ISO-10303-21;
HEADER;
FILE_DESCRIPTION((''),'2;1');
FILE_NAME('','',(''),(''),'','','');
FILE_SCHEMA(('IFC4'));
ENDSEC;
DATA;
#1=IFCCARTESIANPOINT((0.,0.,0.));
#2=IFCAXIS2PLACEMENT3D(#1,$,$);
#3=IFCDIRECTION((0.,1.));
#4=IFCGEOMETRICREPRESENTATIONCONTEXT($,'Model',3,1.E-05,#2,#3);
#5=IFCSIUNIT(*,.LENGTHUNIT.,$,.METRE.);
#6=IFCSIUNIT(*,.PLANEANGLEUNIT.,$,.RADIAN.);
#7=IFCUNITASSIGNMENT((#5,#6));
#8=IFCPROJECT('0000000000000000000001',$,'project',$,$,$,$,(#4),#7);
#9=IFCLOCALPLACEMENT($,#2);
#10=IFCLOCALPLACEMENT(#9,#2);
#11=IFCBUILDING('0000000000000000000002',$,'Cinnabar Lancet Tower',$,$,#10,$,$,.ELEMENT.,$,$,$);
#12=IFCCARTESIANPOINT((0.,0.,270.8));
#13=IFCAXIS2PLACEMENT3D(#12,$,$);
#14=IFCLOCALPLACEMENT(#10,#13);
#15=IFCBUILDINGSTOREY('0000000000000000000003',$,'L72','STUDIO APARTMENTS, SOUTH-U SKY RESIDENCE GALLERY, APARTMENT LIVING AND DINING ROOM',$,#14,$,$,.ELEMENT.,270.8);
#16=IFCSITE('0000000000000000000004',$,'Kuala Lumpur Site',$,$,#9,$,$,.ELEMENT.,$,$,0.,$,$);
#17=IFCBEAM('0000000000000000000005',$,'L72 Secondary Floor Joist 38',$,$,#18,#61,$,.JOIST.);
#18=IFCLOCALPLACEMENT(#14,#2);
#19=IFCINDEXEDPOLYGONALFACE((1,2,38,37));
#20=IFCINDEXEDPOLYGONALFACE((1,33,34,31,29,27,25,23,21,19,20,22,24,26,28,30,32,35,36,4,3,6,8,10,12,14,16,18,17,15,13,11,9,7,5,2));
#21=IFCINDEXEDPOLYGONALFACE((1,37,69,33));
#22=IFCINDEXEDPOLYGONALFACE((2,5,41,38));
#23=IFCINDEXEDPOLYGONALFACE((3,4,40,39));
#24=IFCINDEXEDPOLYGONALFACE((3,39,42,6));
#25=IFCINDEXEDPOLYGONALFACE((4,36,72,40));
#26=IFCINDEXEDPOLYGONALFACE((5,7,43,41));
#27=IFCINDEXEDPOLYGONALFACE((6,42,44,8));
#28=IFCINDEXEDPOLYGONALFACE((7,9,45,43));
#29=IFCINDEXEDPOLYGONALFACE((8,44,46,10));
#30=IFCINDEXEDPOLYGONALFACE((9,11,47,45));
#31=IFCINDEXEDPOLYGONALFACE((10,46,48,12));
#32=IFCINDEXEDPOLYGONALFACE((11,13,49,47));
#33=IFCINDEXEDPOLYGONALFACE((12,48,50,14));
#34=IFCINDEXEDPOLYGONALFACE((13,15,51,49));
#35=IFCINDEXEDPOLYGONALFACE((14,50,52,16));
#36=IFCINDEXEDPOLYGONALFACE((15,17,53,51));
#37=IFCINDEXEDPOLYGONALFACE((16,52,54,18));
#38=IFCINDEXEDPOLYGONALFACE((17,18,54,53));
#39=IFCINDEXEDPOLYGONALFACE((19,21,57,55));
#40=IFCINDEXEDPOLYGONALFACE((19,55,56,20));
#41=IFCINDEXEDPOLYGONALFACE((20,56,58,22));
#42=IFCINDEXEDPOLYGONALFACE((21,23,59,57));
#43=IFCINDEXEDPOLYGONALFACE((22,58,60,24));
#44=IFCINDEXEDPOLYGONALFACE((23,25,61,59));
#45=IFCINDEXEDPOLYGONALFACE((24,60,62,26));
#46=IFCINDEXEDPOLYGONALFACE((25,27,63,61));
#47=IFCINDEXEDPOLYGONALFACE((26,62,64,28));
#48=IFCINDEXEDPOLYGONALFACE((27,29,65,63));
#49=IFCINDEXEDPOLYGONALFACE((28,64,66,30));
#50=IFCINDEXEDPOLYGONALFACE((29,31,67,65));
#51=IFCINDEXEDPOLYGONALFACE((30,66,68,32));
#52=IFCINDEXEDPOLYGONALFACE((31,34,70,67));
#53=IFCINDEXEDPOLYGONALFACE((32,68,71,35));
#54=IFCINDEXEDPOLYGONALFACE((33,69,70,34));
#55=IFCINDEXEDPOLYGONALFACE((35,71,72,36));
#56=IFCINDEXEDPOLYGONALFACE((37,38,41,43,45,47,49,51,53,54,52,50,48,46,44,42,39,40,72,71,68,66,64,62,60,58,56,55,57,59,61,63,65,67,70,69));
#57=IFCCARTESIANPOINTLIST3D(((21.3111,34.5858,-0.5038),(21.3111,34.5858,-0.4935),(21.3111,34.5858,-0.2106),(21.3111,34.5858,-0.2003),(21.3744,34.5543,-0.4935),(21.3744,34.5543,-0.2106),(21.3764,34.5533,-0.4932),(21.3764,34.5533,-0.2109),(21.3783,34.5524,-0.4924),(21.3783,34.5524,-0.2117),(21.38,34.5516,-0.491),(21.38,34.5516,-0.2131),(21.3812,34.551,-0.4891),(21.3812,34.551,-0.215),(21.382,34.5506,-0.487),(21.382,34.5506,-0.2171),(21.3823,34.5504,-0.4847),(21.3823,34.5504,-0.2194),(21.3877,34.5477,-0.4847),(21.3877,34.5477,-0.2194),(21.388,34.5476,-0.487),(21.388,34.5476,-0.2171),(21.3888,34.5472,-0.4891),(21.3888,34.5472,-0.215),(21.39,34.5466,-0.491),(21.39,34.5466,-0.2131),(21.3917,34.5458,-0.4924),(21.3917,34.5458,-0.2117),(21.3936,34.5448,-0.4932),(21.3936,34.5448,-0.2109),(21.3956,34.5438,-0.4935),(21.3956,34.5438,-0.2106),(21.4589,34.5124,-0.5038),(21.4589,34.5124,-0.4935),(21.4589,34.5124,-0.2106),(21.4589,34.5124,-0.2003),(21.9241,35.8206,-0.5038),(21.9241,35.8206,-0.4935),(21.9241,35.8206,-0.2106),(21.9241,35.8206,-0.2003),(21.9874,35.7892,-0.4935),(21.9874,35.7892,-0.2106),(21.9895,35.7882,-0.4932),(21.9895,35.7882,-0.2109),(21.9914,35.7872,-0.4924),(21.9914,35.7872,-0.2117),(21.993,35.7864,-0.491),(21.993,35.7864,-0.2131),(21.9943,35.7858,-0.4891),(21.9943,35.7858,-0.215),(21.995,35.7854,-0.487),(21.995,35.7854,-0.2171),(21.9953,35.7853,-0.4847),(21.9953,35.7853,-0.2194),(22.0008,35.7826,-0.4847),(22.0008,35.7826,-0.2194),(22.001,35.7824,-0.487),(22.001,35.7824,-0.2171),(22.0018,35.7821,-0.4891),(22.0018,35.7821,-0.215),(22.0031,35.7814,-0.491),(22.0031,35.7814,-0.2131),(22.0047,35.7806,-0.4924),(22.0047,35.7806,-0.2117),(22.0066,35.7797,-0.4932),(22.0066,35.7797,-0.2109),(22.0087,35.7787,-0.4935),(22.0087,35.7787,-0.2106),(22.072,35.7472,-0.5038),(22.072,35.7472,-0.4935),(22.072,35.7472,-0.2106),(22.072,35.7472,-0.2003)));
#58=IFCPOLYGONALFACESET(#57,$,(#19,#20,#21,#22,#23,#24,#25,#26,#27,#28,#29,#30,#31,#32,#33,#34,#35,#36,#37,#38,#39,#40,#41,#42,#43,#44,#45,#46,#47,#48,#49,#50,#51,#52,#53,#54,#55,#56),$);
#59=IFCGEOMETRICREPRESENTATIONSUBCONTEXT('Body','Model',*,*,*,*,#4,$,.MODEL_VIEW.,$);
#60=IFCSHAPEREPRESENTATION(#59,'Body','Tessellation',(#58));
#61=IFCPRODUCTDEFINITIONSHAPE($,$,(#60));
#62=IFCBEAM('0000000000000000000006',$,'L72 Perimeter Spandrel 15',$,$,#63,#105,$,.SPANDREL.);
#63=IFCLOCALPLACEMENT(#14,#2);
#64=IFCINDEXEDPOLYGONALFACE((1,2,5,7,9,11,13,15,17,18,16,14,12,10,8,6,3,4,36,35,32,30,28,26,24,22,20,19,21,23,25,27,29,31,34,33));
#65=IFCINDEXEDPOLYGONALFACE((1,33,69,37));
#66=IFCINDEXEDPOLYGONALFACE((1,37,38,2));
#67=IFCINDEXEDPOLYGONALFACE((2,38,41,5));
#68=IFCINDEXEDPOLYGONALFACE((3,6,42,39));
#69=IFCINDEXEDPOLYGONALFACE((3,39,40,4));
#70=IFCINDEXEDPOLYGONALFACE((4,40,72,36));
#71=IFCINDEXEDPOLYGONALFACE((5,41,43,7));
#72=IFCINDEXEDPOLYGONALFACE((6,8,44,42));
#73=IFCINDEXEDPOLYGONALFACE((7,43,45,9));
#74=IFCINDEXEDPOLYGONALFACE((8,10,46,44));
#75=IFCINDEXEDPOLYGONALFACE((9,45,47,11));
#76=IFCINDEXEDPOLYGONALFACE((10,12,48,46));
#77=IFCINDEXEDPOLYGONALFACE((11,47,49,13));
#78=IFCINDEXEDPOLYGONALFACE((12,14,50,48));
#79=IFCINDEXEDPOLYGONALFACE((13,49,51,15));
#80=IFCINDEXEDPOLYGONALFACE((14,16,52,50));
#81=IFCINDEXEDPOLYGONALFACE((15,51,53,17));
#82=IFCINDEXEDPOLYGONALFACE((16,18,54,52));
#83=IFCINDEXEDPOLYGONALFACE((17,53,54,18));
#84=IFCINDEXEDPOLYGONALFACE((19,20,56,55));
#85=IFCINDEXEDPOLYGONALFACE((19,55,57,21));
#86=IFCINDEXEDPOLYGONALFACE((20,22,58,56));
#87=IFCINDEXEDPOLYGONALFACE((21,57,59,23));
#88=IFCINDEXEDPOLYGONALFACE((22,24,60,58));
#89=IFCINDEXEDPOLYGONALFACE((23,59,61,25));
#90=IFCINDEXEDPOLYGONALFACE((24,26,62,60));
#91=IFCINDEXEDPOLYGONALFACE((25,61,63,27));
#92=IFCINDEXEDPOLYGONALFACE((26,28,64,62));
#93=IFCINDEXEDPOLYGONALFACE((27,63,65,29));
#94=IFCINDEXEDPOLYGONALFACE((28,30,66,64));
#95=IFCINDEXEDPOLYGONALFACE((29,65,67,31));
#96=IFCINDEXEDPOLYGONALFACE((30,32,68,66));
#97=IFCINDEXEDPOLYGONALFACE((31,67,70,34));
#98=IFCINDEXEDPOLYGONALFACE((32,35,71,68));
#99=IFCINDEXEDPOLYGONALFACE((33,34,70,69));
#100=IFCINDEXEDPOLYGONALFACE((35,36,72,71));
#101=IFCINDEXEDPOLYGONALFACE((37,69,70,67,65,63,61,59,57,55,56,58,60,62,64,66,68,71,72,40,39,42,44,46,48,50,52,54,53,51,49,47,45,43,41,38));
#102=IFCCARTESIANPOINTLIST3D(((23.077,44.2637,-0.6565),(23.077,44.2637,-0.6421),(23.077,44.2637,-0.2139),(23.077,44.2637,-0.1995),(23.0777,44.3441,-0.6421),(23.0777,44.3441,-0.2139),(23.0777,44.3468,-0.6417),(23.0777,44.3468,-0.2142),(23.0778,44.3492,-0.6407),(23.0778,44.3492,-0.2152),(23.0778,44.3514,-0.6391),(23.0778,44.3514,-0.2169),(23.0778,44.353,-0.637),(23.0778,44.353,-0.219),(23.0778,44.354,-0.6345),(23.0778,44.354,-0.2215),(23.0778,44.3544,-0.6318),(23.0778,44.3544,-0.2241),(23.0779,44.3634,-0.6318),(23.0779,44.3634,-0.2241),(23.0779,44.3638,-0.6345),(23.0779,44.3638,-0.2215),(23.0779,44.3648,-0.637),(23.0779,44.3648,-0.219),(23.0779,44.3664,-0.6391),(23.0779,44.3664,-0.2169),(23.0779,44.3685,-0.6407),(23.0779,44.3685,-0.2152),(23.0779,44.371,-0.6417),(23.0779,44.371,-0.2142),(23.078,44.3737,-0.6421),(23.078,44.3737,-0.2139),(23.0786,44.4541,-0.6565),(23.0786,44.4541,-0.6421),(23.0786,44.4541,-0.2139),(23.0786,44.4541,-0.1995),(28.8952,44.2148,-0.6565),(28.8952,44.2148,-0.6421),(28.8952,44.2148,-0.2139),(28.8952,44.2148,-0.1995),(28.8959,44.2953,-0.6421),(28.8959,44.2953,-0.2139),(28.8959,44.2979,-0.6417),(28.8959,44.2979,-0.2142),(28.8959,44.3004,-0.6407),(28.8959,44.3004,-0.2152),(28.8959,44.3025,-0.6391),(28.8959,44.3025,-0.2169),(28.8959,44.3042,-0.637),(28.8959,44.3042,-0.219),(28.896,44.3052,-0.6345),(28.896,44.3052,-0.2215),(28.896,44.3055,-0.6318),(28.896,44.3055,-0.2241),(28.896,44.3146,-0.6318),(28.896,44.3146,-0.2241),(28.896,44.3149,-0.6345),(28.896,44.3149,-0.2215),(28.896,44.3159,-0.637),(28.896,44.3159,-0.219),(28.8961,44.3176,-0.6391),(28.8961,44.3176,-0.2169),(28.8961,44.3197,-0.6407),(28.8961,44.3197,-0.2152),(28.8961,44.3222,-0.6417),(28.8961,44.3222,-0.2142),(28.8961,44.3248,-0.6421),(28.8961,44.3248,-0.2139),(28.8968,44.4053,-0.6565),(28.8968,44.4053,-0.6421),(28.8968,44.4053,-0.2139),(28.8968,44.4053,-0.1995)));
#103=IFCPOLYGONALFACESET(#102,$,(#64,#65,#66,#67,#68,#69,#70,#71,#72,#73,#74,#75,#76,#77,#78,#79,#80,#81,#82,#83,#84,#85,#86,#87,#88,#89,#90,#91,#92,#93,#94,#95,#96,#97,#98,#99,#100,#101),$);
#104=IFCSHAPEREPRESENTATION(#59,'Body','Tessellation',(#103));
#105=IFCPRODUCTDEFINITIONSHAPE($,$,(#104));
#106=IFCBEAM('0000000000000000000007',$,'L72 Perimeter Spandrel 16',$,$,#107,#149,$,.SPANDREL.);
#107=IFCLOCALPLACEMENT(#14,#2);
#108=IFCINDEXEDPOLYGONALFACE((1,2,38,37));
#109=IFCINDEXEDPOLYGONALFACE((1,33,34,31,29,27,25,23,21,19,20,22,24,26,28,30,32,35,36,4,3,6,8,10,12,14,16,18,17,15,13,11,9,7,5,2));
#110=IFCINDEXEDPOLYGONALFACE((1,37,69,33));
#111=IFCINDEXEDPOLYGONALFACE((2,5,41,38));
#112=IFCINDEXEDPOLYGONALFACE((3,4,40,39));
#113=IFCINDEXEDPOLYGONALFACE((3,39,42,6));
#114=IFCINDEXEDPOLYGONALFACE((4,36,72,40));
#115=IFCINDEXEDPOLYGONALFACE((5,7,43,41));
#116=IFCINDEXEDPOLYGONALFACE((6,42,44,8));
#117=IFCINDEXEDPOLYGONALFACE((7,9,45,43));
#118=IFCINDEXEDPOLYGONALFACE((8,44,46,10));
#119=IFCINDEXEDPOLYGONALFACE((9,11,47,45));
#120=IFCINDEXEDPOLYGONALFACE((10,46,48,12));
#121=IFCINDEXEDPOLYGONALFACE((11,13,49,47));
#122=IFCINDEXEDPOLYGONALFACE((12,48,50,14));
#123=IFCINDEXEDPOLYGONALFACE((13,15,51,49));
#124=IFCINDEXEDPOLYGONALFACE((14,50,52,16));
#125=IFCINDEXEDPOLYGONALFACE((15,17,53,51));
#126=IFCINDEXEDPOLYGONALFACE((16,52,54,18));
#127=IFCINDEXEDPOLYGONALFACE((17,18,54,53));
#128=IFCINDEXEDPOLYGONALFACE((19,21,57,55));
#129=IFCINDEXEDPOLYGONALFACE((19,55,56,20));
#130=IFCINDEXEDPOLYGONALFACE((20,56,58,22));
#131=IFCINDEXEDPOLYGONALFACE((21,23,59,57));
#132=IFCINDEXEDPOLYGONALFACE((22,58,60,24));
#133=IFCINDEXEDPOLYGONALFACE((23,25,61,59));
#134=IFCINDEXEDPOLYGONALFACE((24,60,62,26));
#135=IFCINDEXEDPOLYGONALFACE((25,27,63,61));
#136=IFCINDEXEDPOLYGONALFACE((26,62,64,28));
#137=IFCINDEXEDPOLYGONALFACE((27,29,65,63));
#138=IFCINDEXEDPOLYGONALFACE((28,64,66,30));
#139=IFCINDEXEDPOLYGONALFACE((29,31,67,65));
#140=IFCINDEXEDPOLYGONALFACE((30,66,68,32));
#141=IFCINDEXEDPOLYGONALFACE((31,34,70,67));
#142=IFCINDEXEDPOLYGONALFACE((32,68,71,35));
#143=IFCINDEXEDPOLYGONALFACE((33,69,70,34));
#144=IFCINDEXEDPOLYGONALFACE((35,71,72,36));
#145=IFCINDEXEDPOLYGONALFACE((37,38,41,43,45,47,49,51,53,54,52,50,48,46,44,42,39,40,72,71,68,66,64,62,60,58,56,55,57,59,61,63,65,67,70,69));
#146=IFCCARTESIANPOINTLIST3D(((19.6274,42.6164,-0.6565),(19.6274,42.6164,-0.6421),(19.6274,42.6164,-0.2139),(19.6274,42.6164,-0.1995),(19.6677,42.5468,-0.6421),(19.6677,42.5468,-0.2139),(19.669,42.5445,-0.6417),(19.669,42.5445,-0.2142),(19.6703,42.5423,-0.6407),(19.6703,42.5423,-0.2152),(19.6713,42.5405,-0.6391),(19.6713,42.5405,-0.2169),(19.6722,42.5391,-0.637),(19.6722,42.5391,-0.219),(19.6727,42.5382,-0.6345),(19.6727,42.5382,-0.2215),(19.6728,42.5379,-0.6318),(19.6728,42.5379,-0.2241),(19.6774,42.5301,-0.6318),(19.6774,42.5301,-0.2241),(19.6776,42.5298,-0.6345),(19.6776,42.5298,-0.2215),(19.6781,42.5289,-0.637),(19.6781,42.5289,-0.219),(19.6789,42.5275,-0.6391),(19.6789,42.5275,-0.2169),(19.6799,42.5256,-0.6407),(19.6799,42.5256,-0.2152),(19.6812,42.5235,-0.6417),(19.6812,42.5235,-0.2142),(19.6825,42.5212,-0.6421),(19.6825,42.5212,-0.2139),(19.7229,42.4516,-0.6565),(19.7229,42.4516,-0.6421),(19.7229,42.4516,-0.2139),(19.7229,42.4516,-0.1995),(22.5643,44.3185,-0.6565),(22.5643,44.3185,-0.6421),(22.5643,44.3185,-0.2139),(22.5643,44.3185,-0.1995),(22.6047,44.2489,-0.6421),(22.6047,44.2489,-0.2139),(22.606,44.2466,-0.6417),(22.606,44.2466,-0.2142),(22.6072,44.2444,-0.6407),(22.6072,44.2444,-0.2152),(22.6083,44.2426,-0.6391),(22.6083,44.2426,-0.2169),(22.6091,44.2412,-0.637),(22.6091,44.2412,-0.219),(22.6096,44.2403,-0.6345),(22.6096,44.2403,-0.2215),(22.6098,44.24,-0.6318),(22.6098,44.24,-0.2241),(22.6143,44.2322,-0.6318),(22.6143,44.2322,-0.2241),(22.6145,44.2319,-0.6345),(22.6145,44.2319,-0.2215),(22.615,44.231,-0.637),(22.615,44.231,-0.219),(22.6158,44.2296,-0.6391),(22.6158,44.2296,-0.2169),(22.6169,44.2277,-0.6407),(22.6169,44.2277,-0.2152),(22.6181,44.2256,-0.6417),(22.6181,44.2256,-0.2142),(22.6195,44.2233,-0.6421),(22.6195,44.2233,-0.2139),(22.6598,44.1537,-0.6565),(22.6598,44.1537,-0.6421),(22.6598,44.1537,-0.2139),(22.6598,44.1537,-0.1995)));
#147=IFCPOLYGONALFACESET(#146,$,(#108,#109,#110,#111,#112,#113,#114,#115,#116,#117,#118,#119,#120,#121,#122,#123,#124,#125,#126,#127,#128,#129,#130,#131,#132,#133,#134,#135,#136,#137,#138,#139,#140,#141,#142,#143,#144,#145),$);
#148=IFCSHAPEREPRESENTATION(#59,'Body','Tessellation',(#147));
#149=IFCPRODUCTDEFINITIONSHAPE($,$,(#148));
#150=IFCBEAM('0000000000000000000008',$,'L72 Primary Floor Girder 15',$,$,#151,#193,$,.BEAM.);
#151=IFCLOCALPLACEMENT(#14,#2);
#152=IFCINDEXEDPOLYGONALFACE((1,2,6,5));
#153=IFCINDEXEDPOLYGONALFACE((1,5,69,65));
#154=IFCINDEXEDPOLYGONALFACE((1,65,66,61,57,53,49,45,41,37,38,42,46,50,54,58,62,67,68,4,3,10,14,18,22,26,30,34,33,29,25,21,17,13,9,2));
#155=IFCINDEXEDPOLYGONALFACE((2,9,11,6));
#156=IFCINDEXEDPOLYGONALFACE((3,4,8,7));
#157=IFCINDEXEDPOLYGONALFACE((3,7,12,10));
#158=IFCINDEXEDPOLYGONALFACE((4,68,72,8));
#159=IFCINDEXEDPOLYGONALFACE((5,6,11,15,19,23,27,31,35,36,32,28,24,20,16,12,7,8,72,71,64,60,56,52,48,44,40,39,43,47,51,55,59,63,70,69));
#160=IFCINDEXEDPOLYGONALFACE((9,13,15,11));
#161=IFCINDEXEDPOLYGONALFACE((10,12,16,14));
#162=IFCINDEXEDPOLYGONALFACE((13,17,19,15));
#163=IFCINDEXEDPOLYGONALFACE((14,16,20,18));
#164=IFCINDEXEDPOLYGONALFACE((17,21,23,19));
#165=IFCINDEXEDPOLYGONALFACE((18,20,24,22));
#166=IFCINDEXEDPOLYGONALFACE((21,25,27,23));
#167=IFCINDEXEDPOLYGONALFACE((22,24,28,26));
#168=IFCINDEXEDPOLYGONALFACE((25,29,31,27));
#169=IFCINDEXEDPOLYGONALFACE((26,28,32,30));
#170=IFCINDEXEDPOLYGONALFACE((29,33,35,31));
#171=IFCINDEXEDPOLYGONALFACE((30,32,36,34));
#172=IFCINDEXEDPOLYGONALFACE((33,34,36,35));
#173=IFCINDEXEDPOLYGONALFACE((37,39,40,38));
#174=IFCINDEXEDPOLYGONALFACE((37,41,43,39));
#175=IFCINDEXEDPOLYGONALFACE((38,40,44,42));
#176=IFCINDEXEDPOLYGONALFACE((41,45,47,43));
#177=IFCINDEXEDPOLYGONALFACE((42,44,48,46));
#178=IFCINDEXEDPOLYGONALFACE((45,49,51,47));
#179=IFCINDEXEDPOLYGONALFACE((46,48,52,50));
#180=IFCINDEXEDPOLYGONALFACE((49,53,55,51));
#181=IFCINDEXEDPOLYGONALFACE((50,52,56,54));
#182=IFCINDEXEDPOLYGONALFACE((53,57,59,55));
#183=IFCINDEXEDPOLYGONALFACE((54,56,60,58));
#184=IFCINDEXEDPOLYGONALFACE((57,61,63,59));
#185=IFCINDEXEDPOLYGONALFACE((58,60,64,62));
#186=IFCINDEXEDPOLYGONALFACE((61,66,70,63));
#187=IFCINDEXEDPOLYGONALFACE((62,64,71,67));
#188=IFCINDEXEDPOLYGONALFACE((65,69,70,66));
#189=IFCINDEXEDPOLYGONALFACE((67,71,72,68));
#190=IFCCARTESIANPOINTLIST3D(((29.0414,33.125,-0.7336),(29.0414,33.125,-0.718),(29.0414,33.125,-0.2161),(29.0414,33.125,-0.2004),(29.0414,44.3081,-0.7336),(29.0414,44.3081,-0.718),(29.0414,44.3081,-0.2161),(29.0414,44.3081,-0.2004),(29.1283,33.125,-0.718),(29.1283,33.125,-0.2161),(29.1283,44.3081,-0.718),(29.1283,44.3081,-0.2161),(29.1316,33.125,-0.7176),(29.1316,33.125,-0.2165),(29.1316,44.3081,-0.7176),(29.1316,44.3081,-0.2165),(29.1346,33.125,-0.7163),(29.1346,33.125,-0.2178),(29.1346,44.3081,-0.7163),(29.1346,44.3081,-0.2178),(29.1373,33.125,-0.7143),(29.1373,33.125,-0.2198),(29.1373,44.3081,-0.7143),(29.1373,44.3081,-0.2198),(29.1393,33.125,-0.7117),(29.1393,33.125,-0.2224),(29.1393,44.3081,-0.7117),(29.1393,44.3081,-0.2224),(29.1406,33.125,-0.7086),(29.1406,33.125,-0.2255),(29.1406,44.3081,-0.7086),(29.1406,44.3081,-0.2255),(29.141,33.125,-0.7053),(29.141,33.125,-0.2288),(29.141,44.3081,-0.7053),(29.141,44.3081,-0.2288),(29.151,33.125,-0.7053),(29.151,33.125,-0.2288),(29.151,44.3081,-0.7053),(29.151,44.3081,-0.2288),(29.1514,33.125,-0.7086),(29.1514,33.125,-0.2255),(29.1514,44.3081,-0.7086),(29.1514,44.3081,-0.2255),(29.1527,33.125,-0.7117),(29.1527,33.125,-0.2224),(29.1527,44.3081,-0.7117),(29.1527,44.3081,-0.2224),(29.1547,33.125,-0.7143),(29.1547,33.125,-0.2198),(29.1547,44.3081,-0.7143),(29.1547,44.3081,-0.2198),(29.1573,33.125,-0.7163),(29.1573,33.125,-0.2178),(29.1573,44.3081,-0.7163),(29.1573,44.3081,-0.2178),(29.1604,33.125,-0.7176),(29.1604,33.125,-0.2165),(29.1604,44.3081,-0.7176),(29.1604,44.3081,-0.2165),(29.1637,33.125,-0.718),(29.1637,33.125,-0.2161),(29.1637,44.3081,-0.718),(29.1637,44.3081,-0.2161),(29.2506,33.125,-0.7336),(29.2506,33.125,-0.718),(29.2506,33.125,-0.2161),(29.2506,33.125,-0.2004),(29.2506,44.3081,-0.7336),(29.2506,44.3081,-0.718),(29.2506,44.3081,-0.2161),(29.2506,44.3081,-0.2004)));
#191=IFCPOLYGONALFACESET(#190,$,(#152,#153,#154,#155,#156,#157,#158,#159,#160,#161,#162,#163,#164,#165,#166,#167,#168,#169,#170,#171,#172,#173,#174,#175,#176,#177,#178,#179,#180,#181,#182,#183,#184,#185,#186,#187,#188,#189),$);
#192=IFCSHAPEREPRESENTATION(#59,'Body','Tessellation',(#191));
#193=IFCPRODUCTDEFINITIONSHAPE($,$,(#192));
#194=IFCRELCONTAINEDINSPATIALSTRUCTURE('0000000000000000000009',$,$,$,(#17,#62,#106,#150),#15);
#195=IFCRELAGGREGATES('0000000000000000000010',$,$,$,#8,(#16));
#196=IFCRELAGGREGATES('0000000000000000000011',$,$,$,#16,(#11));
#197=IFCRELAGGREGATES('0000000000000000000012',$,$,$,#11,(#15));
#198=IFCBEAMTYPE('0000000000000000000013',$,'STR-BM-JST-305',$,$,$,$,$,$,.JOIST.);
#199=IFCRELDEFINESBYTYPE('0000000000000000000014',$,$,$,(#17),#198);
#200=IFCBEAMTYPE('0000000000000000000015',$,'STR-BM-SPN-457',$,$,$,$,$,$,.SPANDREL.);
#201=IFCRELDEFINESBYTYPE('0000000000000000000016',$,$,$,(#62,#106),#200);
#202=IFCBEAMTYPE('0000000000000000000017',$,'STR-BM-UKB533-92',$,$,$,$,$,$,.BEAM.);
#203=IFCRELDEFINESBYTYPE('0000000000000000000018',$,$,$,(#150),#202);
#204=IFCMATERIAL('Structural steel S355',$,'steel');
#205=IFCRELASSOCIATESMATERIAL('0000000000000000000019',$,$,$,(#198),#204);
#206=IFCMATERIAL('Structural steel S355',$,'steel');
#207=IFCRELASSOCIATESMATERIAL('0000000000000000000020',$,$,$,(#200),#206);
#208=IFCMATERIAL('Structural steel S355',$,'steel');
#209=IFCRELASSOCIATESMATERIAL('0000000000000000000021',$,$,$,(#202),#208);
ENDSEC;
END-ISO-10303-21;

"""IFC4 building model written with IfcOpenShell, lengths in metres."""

from ifc_helpers import new_model, si_unit, direction, frame, origin, origin_2d, place, context, subcontext, project, spatial, i_section, extrude, material, material_profile, profile_set, type_object, element, save


model = new_model("IFC4")

# Units and contexts
model_context = context("Model", 3, precision=1e-05, world=origin(), true_north=direction((0.0, 1.0)))
body_context = subcontext(model_context, "Body", "Model", "MODEL_VIEW")
ifc_project = project(units=[si_unit("LENGTHUNIT", "METRE"), si_unit("PLANEANGLEUNIT", "RADIAN")], contexts=[model_context])

# Site, building, storey
site_placement = place(None, origin())
site = spatial("IfcSite", under=ifc_project, at=site_placement, Name="Kuala Lumpur Site", CompositionType="ELEMENT", RefElevation=0.0)
building_placement = place(site_placement, origin())
building = spatial("IfcBuilding", under=site, at=building_placement, Name="Cinnabar Lancet Tower", CompositionType="ELEMENT")
storey_placement = place(building_placement, frame((0.0, 0.0, 270.8)))
storey = spatial("IfcBuildingStorey", under=building, at=storey_placement, Name="L72", Description="STUDIO APARTMENTS, SOUTH-U SKY RESIDENCE GALLERY, APARTMENT LIVING AND DINING ROOM", CompositionType="ELEMENT", Elevation=270.8)

# Beams
ifc_material_1 = material(Name="Structural steel S355", Category="steel")
ifc_material_profile_1 = material_profile(ifc_material_1, i_section(OverallWidth=0.165, OverallDepth=0.3035, WebThickness=0.0061, FlangeThickness=0.0103, FilletRadius=0.0088, at=origin_2d()), Name="UKB 305x165x40")
ifc_profile_set_1 = profile_set([ifc_material_profile_1], Name="Structural steel S355")
beam_type_1 = type_object("IfcBeamType", Name="STR-BM-JST-305", PredefinedType="JOIST", material=ifc_profile_set_1)
beam_1_placement = place(storey_placement, frame((21.998, 35.7839, -0.3521), z_axis=(-0.444662, -0.895699, 0.0), x_axis=(0.895699, -0.444662, 0.0)))
element("IfcBeam", 1, at=beam_1_placement, inside=storey, type_object=beam_type_1, Name="L72 Secondary Floor Joist 38", PredefinedType="JOIST", context=body_context, shape_type="SweptSolid", body=[
    extrude(i_section(OverallWidth=0.165, OverallDepth=0.3035, WebThickness=0.0061, FlangeThickness=0.0103, FilletRadius=0.0088, at=origin_2d()), origin(), (0.0, 0.0, 1.0), 1.3787),
])
ifc_material_2 = material(Name="Structural steel S355", Category="steel")
ifc_material_profile_2 = material_profile(ifc_material_2, i_section(OverallWidth=0.1904, OverallDepth=0.457, WebThickness=0.009, FlangeThickness=0.0144, FilletRadius=0.0103, at=origin_2d()), Name="UKB 457x191x74")
ifc_profile_set_2 = profile_set([ifc_material_profile_2], Name="Structural steel S355")
beam_type_2 = type_object("IfcBeamType", Name="STR-BM-SPN-457", PredefinedType="SPANDREL", material=ifc_profile_set_2)
beam_2_placement = place(storey_placement, frame((28.896, 44.3101, -0.428), z_axis=(-0.999965, 0.008392, 0.0), x_axis=(-0.008392, -0.999965, 0.0)))
element("IfcBeam", 2, at=beam_2_placement, inside=storey, type_object=beam_type_2, Name="L72 Perimeter Spandrel 15", PredefinedType="SPANDREL", context=body_context, shape_type="SweptSolid", body=[
    extrude(i_section(OverallWidth=0.1904, OverallDepth=0.457, WebThickness=0.009, FlangeThickness=0.0144, FilletRadius=0.0103, at=origin_2d()), origin(), (0.0, 0.0, 1.0), 5.8184),
])
beam_3_placement = place(storey_placement, frame((22.6121, 44.2361, -0.428), z_axis=(-0.8652, -0.501427, 0.0), x_axis=(0.501427, -0.8652, 0.0)))
element("IfcBeam", 3, at=beam_3_placement, inside=storey, type_object=beam_type_2, Name="L72 Perimeter Spandrel 16", PredefinedType="SPANDREL", context=body_context, shape_type="SweptSolid", body=[
    extrude(i_section(OverallWidth=0.1904, OverallDepth=0.457, WebThickness=0.009, FlangeThickness=0.0144, FilletRadius=0.0103, at=origin_2d()), origin(), (0.0, 0.0, 1.0), 3.3945),
])
ifc_material_3 = material(Name="Structural steel S355", Category="steel")
ifc_material_profile_3 = material_profile(ifc_material_3, i_section(OverallWidth=0.2092, OverallDepth=0.5332, WebThickness=0.01, FlangeThickness=0.0156, FilletRadius=0.0127, at=origin_2d()), Name="UKB 533x210x92")
ifc_profile_set_3 = profile_set([ifc_material_profile_3], Name="Structural steel S355")
beam_type_3 = type_object("IfcBeamType", Name="STR-BM-UKB533-92", PredefinedType="BEAM", material=ifc_profile_set_3)
beam_4_placement = place(storey_placement, frame((29.146, 44.3081, -0.467), z_axis=(0.0, -1.0, 0.0), x_axis=(1.0, 0.0, 0.0)))
element("IfcBeam", 4, at=beam_4_placement, inside=storey, type_object=beam_type_3, Name="L72 Primary Floor Girder 15", PredefinedType="BEAM", context=body_context, shape_type="SweptSolid", body=[
    extrude(i_section(OverallWidth=0.2092, OverallDepth=0.5332, WebThickness=0.01, FlangeThickness=0.0156, FilletRadius=0.0127, at=origin_2d()), origin(), (0.0, 0.0, 1.0), 11.1831),
])

save(model, "model.ifc")
